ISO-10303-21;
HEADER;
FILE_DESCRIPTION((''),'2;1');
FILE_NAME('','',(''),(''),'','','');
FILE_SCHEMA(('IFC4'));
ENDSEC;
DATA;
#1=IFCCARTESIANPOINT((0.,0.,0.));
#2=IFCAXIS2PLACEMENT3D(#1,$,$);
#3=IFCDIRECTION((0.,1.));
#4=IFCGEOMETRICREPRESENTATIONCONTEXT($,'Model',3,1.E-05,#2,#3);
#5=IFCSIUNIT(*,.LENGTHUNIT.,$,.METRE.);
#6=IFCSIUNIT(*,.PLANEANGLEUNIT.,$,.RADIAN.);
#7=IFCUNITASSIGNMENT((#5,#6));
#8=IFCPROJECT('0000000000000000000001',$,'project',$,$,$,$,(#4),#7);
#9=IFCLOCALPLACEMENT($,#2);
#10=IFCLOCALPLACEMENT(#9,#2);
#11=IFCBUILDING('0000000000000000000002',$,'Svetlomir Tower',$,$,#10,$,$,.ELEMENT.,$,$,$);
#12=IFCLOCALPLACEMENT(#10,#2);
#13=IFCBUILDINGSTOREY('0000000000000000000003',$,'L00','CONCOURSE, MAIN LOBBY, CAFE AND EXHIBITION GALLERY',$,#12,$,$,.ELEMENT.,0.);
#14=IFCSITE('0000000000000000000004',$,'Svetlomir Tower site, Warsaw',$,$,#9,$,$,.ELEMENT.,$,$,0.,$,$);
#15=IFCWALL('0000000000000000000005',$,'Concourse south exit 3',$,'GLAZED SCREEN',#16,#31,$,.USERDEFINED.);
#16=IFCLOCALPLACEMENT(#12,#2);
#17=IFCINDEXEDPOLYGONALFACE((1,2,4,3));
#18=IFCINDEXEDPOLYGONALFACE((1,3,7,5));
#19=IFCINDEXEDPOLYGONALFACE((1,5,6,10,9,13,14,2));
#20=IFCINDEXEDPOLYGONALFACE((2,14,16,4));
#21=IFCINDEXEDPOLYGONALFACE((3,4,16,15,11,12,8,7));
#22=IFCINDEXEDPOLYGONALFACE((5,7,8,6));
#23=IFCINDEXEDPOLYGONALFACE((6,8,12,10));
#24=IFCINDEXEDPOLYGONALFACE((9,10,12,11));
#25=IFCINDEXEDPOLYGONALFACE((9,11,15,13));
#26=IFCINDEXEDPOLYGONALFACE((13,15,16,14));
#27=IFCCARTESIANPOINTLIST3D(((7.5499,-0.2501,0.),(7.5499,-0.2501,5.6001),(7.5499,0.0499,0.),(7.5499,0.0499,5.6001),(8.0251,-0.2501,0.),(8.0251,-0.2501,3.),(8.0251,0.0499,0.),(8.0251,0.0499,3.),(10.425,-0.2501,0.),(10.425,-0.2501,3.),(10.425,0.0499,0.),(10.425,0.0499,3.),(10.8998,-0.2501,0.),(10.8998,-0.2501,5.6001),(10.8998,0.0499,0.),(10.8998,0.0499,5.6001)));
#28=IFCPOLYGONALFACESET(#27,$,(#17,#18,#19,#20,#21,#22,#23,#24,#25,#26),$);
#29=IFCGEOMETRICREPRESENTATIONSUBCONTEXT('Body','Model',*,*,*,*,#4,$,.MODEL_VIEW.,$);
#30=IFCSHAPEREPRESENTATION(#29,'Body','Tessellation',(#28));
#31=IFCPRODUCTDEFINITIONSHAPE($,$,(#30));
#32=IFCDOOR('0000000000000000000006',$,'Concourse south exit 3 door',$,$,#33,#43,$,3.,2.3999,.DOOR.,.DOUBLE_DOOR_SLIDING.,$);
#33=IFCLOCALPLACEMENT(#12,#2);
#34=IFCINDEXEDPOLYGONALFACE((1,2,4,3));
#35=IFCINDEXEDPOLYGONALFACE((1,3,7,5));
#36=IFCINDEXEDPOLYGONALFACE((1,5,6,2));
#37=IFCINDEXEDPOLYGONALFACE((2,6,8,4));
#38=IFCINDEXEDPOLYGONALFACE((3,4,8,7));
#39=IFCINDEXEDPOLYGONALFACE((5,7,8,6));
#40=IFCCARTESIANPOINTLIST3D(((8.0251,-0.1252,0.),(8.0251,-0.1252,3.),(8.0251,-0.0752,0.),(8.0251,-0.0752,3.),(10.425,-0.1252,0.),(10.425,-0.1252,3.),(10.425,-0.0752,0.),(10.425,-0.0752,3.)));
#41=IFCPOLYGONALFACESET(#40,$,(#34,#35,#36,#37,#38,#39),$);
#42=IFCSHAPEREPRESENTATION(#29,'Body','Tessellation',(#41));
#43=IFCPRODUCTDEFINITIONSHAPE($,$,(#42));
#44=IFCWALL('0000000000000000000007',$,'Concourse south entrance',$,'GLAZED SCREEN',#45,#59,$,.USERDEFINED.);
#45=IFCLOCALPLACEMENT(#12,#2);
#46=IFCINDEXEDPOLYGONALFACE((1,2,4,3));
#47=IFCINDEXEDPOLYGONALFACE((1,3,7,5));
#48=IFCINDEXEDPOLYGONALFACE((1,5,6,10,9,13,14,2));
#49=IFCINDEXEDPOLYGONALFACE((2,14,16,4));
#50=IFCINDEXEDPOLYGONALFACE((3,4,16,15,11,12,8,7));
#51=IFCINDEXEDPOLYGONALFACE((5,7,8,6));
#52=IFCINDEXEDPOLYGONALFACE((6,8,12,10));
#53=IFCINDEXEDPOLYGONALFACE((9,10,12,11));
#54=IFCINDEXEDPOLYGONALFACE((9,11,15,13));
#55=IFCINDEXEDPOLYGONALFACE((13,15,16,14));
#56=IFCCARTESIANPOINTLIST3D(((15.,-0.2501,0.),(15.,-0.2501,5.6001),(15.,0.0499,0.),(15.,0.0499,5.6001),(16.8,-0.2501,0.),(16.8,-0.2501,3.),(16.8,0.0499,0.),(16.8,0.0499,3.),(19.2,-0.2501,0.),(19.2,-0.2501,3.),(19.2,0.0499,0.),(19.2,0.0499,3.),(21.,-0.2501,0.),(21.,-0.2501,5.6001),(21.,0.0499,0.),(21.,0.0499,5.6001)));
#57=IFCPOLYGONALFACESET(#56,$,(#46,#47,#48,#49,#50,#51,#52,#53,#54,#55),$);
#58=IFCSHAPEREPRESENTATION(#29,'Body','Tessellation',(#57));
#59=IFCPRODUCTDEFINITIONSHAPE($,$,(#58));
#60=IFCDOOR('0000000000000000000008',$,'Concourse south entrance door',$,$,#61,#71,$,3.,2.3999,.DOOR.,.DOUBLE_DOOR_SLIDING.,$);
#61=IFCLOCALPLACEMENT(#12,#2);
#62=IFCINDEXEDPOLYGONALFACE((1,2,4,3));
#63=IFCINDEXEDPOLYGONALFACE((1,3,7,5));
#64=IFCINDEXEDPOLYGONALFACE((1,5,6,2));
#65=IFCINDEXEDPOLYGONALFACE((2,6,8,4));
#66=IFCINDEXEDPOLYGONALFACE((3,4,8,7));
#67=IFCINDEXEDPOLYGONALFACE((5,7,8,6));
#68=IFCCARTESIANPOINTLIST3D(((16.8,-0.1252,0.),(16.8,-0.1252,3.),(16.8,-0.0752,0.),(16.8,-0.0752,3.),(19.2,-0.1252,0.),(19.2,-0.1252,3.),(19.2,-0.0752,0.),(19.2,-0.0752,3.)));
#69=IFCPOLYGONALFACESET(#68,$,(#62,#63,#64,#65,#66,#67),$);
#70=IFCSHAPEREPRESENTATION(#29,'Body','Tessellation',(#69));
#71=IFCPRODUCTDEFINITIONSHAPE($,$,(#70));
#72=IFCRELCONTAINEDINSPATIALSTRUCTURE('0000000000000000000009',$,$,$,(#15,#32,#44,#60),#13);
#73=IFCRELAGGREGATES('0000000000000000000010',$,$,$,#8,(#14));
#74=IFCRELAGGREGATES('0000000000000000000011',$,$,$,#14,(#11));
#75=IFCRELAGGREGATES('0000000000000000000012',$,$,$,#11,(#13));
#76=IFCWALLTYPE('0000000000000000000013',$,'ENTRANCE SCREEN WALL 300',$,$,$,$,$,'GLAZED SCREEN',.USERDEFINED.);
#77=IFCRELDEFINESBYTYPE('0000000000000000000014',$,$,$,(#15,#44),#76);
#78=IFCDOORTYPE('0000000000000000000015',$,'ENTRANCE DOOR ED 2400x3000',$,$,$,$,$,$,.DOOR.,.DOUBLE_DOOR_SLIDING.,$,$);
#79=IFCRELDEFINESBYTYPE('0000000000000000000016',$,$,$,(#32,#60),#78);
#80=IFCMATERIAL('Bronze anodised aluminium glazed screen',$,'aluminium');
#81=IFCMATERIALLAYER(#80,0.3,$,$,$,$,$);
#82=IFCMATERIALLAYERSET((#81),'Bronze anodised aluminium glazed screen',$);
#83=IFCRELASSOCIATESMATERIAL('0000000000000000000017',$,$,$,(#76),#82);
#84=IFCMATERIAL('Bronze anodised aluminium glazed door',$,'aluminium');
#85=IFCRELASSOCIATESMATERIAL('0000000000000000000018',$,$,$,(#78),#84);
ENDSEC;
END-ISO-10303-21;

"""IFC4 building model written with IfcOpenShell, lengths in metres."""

from ifc_helpers import new_model, si_unit, direction, frame, frame_2d, origin, place, context, subcontext, project, spatial, rectangle, extrude, material, layer, layer_set, type_object, element, fill, save


model = new_model("IFC4")

# Units and contexts
model_context = context("Model", 3, precision=1e-05, world=origin(), true_north=direction((0.0, 1.0)))
body_context = subcontext(model_context, "Body", "Model", "MODEL_VIEW")
ifc_project = project(units=[si_unit("LENGTHUNIT", "METRE"), si_unit("PLANEANGLEUNIT", "RADIAN")], contexts=[model_context])

# Site, building, storey
site_placement = place(None, origin())
site = spatial("IfcSite", under=ifc_project, at=site_placement, Name="Svetlomir Tower site, Warsaw", CompositionType="ELEMENT", RefElevation=0.0)
building_placement = place(site_placement, origin())
building = spatial("IfcBuilding", under=site, at=building_placement, Name="Svetlomir Tower", CompositionType="ELEMENT")
storey_placement = place(building_placement, origin())
storey = spatial("IfcBuildingStorey", under=building, at=storey_placement, Name="L00", Description="CONCOURSE, MAIN LOBBY, CAFE AND EXHIBITION GALLERY", CompositionType="ELEMENT", Elevation=0.0)

# Walls, openings, doors
ifc_material_1 = material(Name="Bronze anodised aluminium glazed screen", Category="aluminium")
ifc_layer_1 = layer(ifc_material_1, 0.3)
ifc_layer_set_1 = layer_set([ifc_layer_1], Name="Bronze anodised aluminium glazed screen")
wall_type = type_object("IfcWallType", Name="ENTRANCE SCREEN WALL 300", ElementType="GLAZED SCREEN", PredefinedType="USERDEFINED", material=ifc_layer_set_1)
wall_1_placement = place(storey_placement, frame((7.55, -0.1001, 0.0), z_axis=(0.0, 0.0, 1.0), x_axis=(1.0, 0.0, 0.0)))
wall_1 = element("IfcWall", 1, at=wall_1_placement, inside=storey, type_object=wall_type, Name="Concourse south exit 3", ObjectType="GLAZED SCREEN", PredefinedType="USERDEFINED", context=body_context, shape_type="SweptSolid", body=[
    extrude(rectangle(XDim=3.3499, YDim=0.3, at=frame_2d((1.6748, 0.0))), origin(), (0.0, 0.0, 1.0), 5.6001),
])
opening_1_placement = place(wall_1_placement, frame((0.4751, 0.0, 0.0)))
opening_1 = element("IfcOpeningElement", 2, at=opening_1_placement, cuts=wall_1, PredefinedType="OPENING", context=body_context, shape_type="SweptSolid", body=[
    extrude(rectangle(XDim=2.3999, YDim=3.0, at=frame_2d((1.2, 1.5))), frame((0.0, 0.1602, 0.0), z_axis=(0.0, -1.0, 0.0), x_axis=(1.0, 0.0, 0.0)), (0.0, 0.0, 1.0), 0.3201),
])
ifc_material_2 = material(Name="Bronze anodised aluminium glazed door", Category="aluminium")
door_type_1 = type_object("IfcDoorType", Name="ENTRANCE DOOR ED 2400x3000", OperationType="DOUBLE_DOOR_SLIDING", PredefinedType="DOOR", material=ifc_material_2)
door_1_placement = place(opening_1_placement, origin())
door_1 = element("IfcDoor", 3, at=door_1_placement, inside=storey, type_object=door_type_1, Name="Concourse south exit 3 door", OperationType="DOUBLE_DOOR_SLIDING", OverallHeight=3.0, OverallWidth=2.3999, PredefinedType="DOOR", context=body_context, shape_type="SweptSolid", body=[
    extrude(rectangle(XDim=2.3999, YDim=3.0, at=frame_2d((1.2, 1.5))), frame((0.0, 0.0249, 0.0), z_axis=(0.0, -1.0, 0.0), x_axis=(1.0, 0.0, 0.0)), (0.0, 0.0, 1.0), 0.05),
])
fill(opening_1, door_1)
wall_2_placement = place(storey_placement, frame((15.0, -0.1001, 0.0), z_axis=(0.0, 0.0, 1.0), x_axis=(1.0, 0.0, 0.0)))
wall_2 = element("IfcWall", 4, at=wall_2_placement, inside=storey, type_object=wall_type, Name="Concourse south entrance", ObjectType="GLAZED SCREEN", PredefinedType="USERDEFINED", context=body_context, shape_type="SweptSolid", body=[
    extrude(rectangle(XDim=6.0, YDim=0.3, at=frame_2d((3.0, 0.0))), origin(), (0.0, 0.0, 1.0), 5.6001),
])
opening_2_placement = place(wall_2_placement, frame((1.8, 0.0, 0.0)))
opening_2 = element("IfcOpeningElement", 5, at=opening_2_placement, cuts=wall_2, PredefinedType="OPENING", context=body_context, shape_type="SweptSolid", body=[
    extrude(rectangle(XDim=2.3999, YDim=3.0, at=frame_2d((1.2, 1.5))), frame((0.0, 0.1602, 0.0), z_axis=(0.0, -1.0, 0.0), x_axis=(1.0, 0.0, 0.0)), (0.0, 0.0, 1.0), 0.3201),
])
door_2_placement = place(opening_2_placement, origin())
door_2 = element("IfcDoor", 6, at=door_2_placement, inside=storey, type_object=door_type_1, Name="Concourse south entrance door", OperationType="DOUBLE_DOOR_SLIDING", OverallHeight=3.0, OverallWidth=2.3999, PredefinedType="DOOR", context=body_context, shape_type="SweptSolid", body=[
    extrude(rectangle(XDim=2.3999, YDim=3.0, at=frame_2d((1.2, 1.5))), frame((0.0, 0.0249, 0.0), z_axis=(0.0, -1.0, 0.0), x_axis=(1.0, 0.0, 0.0)), (0.0, 0.0, 1.0), 0.05),
])
fill(opening_2, door_2)

save(model, "model.ifc")
